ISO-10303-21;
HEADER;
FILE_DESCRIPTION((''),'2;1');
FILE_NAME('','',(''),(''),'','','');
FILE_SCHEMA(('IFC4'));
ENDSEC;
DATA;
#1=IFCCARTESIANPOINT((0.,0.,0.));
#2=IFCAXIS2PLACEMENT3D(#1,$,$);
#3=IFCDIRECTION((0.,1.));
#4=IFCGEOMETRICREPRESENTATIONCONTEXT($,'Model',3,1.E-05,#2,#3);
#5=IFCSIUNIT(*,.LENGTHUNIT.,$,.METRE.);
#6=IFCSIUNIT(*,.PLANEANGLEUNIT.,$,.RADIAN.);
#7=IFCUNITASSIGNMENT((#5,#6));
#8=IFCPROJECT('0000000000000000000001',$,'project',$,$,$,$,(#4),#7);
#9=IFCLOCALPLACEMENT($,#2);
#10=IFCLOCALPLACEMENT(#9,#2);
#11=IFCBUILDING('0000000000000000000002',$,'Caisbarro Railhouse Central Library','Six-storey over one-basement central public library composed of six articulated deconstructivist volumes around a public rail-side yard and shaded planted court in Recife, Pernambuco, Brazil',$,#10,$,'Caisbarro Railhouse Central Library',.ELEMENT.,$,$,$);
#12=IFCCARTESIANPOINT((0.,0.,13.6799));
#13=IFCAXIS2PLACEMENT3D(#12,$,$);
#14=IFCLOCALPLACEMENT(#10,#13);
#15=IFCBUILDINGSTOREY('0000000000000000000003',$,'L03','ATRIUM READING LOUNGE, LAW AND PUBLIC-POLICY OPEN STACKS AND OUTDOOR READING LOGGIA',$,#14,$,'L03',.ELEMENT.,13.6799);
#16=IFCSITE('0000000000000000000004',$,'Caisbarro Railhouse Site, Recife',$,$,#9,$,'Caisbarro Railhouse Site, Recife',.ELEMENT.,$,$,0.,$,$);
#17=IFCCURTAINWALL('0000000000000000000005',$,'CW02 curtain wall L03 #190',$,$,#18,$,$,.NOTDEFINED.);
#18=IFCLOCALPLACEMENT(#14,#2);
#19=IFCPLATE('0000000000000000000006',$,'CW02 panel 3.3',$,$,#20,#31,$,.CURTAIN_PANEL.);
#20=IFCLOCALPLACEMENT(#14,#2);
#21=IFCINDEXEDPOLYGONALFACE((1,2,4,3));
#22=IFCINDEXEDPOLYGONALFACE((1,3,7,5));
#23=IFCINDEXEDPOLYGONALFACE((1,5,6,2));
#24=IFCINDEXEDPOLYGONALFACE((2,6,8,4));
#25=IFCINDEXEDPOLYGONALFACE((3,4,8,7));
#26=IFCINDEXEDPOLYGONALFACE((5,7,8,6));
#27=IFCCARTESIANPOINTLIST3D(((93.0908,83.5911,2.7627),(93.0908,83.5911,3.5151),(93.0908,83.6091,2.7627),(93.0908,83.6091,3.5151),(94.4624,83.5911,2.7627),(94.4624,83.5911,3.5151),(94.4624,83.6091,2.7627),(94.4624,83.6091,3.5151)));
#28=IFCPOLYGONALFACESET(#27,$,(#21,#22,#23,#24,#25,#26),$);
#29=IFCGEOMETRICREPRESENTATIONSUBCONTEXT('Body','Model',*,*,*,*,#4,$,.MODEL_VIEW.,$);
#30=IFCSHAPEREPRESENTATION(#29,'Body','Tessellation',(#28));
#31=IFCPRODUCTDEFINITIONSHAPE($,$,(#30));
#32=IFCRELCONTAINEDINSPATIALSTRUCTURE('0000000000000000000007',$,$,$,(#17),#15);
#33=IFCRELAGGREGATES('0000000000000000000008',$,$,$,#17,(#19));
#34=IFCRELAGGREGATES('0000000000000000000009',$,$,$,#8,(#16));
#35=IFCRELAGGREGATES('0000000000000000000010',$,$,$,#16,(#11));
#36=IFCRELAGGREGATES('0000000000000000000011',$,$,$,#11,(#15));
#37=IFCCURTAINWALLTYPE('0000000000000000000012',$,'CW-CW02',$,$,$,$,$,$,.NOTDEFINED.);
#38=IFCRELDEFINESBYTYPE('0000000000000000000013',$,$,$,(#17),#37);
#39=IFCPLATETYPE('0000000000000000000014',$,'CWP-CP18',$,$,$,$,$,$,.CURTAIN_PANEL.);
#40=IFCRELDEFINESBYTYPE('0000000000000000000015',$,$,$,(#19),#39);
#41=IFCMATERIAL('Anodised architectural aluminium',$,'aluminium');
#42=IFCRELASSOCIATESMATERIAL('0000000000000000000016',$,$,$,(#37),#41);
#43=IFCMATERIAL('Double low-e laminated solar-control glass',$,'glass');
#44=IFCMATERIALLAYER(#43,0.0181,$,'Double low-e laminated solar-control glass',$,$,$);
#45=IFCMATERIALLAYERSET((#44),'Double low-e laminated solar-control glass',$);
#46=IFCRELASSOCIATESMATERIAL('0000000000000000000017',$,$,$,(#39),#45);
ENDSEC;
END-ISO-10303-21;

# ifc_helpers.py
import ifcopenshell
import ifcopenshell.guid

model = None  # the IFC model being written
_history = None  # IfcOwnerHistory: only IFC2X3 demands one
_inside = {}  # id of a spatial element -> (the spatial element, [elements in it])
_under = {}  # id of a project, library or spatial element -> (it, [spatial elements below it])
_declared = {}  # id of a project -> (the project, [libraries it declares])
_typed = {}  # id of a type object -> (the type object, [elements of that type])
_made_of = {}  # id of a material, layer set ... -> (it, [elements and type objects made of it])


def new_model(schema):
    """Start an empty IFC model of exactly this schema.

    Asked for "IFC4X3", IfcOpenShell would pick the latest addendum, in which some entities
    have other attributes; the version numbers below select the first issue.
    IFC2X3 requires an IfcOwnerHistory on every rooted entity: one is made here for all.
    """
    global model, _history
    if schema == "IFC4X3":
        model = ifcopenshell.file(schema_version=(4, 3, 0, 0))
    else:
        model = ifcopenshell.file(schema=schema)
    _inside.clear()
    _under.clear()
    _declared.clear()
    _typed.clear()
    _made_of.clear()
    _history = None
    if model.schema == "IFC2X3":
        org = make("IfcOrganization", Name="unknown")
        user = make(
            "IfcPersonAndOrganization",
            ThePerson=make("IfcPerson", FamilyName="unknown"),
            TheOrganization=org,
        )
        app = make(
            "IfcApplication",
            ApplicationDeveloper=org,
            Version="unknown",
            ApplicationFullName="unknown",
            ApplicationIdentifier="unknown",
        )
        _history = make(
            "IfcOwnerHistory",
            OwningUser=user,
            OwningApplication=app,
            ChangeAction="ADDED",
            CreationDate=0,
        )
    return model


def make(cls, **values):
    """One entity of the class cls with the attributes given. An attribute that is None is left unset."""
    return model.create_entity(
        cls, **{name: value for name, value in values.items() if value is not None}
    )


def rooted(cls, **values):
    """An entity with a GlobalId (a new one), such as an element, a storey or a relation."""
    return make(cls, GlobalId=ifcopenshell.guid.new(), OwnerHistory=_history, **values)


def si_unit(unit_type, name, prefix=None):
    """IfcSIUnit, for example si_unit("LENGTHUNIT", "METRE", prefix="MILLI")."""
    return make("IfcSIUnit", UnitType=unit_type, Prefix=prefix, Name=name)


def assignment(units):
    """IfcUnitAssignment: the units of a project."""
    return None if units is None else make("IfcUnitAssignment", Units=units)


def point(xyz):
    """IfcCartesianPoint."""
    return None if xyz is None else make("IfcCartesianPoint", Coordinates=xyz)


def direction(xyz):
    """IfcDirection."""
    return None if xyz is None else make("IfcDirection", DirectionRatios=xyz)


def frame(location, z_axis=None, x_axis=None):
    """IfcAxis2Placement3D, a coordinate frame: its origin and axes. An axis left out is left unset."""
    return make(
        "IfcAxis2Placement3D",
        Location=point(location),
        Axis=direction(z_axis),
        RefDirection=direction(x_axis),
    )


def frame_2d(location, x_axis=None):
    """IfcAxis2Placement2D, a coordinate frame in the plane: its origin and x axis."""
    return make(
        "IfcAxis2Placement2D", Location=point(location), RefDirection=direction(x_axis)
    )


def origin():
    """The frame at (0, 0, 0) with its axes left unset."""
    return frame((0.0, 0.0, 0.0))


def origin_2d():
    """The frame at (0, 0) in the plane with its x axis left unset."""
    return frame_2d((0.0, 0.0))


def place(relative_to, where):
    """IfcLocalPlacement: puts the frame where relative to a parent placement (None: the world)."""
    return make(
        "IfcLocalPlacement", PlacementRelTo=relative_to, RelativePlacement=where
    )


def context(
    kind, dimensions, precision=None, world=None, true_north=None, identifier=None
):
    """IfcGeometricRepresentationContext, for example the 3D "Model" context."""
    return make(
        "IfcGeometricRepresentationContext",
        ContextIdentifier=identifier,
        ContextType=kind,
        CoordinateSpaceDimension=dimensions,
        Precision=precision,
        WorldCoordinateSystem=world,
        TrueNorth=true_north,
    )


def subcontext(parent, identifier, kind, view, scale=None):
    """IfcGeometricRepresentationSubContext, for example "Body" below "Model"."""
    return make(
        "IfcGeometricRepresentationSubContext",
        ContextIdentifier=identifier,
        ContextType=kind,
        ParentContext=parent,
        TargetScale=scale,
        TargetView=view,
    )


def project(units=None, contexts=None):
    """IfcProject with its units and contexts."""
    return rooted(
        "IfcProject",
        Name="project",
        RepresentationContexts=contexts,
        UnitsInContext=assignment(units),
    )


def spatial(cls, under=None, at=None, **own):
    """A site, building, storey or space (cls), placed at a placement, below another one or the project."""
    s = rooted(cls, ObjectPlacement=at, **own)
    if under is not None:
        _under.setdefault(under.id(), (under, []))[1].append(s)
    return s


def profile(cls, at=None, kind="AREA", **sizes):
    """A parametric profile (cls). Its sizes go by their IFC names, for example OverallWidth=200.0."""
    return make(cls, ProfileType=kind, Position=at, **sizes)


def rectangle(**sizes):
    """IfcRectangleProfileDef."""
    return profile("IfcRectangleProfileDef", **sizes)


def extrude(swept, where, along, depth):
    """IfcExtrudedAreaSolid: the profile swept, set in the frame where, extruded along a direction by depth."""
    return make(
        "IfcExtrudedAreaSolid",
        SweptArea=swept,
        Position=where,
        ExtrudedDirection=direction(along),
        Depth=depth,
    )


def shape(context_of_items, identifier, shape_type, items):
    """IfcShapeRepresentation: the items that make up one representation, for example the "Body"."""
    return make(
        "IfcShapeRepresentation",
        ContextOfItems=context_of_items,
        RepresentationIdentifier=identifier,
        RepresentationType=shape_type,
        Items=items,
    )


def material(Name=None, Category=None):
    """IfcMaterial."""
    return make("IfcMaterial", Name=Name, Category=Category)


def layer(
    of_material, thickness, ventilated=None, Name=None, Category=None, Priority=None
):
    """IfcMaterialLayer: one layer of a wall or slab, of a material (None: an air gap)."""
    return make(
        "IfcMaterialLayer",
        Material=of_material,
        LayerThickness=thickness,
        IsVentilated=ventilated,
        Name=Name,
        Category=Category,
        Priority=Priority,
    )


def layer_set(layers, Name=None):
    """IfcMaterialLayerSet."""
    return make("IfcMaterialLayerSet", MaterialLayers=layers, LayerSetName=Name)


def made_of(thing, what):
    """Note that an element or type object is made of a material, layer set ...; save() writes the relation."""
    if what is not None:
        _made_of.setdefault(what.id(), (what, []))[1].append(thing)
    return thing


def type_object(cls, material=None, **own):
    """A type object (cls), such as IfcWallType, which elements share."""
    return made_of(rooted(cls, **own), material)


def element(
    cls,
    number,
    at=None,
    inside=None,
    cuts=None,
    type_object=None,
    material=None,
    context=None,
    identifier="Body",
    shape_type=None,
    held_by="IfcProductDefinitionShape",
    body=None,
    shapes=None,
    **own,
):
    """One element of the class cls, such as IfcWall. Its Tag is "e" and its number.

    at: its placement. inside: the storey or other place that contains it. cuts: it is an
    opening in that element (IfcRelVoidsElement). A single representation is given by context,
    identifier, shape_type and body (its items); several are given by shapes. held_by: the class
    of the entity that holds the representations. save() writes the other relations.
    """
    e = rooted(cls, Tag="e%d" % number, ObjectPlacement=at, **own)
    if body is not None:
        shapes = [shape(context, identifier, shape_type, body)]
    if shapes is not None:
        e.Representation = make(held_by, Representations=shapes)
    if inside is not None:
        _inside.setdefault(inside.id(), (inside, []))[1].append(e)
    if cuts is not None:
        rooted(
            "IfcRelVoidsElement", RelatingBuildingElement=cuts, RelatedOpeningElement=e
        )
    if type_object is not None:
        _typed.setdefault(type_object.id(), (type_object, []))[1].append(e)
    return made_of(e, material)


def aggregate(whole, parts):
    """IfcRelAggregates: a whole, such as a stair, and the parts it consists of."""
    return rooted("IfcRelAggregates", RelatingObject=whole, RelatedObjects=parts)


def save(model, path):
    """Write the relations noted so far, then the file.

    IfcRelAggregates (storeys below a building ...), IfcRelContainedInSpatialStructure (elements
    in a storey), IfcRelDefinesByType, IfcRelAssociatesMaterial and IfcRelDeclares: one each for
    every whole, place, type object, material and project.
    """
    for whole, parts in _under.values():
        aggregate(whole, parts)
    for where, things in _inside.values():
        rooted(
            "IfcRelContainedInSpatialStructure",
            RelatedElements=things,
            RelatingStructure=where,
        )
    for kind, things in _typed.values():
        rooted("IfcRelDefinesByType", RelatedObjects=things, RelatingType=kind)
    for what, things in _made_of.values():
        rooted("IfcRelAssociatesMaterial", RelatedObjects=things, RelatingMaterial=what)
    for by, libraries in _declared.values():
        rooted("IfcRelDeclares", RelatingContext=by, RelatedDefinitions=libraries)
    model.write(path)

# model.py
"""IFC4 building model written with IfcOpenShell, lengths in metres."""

from ifc_helpers import new_model, si_unit, direction, frame, origin, origin_2d, place, context, subcontext, project, spatial, rectangle, extrude, material, layer, layer_set, type_object, element, aggregate, save


model = new_model("IFC4")

# Units and contexts
model_context = context("Model", 3, precision=1e-05, world=origin(), true_north=direction((0.0, 1.0)))
body_context = subcontext(model_context, "Body", "Model", "MODEL_VIEW")
ifc_project = project(units=[si_unit("LENGTHUNIT", "METRE"), si_unit("PLANEANGLEUNIT", "RADIAN")], contexts=[model_context])

# Site, building, storey
site_placement = place(None, origin())
site = spatial("IfcSite", under=ifc_project, at=site_placement, Name="Caisbarro Railhouse Site, Recife", LongName="Caisbarro Railhouse Site, Recife", CompositionType="ELEMENT", RefElevation=0.0)
building_placement = place(site_placement, origin())
building = spatial("IfcBuilding", under=site, at=building_placement, Name="Caisbarro Railhouse Central Library", Description="Six-storey over one-basement central public library composed of six articulated deconstructivist volumes around a public rail-side yard and shaded planted court in Recife, Pernambuco, Brazil", LongName="Caisbarro Railhouse Central Library", CompositionType="ELEMENT")
storey_placement = place(building_placement, frame((0.0, 0.0, 13.6799)))
storey = spatial("IfcBuildingStorey", under=building, at=storey_placement, Name="L03", Description="ATRIUM READING LOUNGE, LAW AND PUBLIC-POLICY OPEN STACKS AND OUTDOOR READING LOGGIA", LongName="L03", CompositionType="ELEMENT", Elevation=13.6799)

# Shared definitions
ifc_material_1 = material(Name="Anodised architectural aluminium", Category="aluminium")
curtain_wall_type = type_object("IfcCurtainWallType", Name="CW-CW02", PredefinedType="NOTDEFINED", material=ifc_material_1)

# Curtain wall
curtain_wall_1_placement = place(storey_placement, origin())
curtain_wall_1 = element("IfcCurtainWall", 1, at=curtain_wall_1_placement, inside=storey, type_object=curtain_wall_type, Name="CW02 curtain wall L03 #190", PredefinedType="NOTDEFINED")

# Plate
ifc_material_2 = material(Name="Double low-e laminated solar-control glass", Category="glass")
ifc_layer = layer(ifc_material_2, 0.0181, Name="Double low-e laminated solar-control glass")
ifc_layer_set = layer_set([ifc_layer], Name="Double low-e laminated solar-control glass")
plate_type = type_object("IfcPlateType", Name="CWP-CP18", PredefinedType="CURTAIN_PANEL", material=ifc_layer_set)
plate_1_placement = place(storey_placement, frame((93.7766, 83.6001, 2.7627), z_axis=(0.0, 0.0, 1.0), x_axis=(1.0, 0.0, 0.0)))
plate_1 = element("IfcPlate", 2, at=plate_1_placement, type_object=plate_type, Name="CW02 panel 3.3", PredefinedType="CURTAIN_PANEL", context=body_context, shape_type="SweptSolid", body=[
    extrude(rectangle(XDim=1.3716, YDim=0.0181, at=origin_2d()), origin(), (0.0, 0.0, 1.0), 0.7524),
])
aggregate(curtain_wall_1, [plate_1])

save(model, "model.ifc")
